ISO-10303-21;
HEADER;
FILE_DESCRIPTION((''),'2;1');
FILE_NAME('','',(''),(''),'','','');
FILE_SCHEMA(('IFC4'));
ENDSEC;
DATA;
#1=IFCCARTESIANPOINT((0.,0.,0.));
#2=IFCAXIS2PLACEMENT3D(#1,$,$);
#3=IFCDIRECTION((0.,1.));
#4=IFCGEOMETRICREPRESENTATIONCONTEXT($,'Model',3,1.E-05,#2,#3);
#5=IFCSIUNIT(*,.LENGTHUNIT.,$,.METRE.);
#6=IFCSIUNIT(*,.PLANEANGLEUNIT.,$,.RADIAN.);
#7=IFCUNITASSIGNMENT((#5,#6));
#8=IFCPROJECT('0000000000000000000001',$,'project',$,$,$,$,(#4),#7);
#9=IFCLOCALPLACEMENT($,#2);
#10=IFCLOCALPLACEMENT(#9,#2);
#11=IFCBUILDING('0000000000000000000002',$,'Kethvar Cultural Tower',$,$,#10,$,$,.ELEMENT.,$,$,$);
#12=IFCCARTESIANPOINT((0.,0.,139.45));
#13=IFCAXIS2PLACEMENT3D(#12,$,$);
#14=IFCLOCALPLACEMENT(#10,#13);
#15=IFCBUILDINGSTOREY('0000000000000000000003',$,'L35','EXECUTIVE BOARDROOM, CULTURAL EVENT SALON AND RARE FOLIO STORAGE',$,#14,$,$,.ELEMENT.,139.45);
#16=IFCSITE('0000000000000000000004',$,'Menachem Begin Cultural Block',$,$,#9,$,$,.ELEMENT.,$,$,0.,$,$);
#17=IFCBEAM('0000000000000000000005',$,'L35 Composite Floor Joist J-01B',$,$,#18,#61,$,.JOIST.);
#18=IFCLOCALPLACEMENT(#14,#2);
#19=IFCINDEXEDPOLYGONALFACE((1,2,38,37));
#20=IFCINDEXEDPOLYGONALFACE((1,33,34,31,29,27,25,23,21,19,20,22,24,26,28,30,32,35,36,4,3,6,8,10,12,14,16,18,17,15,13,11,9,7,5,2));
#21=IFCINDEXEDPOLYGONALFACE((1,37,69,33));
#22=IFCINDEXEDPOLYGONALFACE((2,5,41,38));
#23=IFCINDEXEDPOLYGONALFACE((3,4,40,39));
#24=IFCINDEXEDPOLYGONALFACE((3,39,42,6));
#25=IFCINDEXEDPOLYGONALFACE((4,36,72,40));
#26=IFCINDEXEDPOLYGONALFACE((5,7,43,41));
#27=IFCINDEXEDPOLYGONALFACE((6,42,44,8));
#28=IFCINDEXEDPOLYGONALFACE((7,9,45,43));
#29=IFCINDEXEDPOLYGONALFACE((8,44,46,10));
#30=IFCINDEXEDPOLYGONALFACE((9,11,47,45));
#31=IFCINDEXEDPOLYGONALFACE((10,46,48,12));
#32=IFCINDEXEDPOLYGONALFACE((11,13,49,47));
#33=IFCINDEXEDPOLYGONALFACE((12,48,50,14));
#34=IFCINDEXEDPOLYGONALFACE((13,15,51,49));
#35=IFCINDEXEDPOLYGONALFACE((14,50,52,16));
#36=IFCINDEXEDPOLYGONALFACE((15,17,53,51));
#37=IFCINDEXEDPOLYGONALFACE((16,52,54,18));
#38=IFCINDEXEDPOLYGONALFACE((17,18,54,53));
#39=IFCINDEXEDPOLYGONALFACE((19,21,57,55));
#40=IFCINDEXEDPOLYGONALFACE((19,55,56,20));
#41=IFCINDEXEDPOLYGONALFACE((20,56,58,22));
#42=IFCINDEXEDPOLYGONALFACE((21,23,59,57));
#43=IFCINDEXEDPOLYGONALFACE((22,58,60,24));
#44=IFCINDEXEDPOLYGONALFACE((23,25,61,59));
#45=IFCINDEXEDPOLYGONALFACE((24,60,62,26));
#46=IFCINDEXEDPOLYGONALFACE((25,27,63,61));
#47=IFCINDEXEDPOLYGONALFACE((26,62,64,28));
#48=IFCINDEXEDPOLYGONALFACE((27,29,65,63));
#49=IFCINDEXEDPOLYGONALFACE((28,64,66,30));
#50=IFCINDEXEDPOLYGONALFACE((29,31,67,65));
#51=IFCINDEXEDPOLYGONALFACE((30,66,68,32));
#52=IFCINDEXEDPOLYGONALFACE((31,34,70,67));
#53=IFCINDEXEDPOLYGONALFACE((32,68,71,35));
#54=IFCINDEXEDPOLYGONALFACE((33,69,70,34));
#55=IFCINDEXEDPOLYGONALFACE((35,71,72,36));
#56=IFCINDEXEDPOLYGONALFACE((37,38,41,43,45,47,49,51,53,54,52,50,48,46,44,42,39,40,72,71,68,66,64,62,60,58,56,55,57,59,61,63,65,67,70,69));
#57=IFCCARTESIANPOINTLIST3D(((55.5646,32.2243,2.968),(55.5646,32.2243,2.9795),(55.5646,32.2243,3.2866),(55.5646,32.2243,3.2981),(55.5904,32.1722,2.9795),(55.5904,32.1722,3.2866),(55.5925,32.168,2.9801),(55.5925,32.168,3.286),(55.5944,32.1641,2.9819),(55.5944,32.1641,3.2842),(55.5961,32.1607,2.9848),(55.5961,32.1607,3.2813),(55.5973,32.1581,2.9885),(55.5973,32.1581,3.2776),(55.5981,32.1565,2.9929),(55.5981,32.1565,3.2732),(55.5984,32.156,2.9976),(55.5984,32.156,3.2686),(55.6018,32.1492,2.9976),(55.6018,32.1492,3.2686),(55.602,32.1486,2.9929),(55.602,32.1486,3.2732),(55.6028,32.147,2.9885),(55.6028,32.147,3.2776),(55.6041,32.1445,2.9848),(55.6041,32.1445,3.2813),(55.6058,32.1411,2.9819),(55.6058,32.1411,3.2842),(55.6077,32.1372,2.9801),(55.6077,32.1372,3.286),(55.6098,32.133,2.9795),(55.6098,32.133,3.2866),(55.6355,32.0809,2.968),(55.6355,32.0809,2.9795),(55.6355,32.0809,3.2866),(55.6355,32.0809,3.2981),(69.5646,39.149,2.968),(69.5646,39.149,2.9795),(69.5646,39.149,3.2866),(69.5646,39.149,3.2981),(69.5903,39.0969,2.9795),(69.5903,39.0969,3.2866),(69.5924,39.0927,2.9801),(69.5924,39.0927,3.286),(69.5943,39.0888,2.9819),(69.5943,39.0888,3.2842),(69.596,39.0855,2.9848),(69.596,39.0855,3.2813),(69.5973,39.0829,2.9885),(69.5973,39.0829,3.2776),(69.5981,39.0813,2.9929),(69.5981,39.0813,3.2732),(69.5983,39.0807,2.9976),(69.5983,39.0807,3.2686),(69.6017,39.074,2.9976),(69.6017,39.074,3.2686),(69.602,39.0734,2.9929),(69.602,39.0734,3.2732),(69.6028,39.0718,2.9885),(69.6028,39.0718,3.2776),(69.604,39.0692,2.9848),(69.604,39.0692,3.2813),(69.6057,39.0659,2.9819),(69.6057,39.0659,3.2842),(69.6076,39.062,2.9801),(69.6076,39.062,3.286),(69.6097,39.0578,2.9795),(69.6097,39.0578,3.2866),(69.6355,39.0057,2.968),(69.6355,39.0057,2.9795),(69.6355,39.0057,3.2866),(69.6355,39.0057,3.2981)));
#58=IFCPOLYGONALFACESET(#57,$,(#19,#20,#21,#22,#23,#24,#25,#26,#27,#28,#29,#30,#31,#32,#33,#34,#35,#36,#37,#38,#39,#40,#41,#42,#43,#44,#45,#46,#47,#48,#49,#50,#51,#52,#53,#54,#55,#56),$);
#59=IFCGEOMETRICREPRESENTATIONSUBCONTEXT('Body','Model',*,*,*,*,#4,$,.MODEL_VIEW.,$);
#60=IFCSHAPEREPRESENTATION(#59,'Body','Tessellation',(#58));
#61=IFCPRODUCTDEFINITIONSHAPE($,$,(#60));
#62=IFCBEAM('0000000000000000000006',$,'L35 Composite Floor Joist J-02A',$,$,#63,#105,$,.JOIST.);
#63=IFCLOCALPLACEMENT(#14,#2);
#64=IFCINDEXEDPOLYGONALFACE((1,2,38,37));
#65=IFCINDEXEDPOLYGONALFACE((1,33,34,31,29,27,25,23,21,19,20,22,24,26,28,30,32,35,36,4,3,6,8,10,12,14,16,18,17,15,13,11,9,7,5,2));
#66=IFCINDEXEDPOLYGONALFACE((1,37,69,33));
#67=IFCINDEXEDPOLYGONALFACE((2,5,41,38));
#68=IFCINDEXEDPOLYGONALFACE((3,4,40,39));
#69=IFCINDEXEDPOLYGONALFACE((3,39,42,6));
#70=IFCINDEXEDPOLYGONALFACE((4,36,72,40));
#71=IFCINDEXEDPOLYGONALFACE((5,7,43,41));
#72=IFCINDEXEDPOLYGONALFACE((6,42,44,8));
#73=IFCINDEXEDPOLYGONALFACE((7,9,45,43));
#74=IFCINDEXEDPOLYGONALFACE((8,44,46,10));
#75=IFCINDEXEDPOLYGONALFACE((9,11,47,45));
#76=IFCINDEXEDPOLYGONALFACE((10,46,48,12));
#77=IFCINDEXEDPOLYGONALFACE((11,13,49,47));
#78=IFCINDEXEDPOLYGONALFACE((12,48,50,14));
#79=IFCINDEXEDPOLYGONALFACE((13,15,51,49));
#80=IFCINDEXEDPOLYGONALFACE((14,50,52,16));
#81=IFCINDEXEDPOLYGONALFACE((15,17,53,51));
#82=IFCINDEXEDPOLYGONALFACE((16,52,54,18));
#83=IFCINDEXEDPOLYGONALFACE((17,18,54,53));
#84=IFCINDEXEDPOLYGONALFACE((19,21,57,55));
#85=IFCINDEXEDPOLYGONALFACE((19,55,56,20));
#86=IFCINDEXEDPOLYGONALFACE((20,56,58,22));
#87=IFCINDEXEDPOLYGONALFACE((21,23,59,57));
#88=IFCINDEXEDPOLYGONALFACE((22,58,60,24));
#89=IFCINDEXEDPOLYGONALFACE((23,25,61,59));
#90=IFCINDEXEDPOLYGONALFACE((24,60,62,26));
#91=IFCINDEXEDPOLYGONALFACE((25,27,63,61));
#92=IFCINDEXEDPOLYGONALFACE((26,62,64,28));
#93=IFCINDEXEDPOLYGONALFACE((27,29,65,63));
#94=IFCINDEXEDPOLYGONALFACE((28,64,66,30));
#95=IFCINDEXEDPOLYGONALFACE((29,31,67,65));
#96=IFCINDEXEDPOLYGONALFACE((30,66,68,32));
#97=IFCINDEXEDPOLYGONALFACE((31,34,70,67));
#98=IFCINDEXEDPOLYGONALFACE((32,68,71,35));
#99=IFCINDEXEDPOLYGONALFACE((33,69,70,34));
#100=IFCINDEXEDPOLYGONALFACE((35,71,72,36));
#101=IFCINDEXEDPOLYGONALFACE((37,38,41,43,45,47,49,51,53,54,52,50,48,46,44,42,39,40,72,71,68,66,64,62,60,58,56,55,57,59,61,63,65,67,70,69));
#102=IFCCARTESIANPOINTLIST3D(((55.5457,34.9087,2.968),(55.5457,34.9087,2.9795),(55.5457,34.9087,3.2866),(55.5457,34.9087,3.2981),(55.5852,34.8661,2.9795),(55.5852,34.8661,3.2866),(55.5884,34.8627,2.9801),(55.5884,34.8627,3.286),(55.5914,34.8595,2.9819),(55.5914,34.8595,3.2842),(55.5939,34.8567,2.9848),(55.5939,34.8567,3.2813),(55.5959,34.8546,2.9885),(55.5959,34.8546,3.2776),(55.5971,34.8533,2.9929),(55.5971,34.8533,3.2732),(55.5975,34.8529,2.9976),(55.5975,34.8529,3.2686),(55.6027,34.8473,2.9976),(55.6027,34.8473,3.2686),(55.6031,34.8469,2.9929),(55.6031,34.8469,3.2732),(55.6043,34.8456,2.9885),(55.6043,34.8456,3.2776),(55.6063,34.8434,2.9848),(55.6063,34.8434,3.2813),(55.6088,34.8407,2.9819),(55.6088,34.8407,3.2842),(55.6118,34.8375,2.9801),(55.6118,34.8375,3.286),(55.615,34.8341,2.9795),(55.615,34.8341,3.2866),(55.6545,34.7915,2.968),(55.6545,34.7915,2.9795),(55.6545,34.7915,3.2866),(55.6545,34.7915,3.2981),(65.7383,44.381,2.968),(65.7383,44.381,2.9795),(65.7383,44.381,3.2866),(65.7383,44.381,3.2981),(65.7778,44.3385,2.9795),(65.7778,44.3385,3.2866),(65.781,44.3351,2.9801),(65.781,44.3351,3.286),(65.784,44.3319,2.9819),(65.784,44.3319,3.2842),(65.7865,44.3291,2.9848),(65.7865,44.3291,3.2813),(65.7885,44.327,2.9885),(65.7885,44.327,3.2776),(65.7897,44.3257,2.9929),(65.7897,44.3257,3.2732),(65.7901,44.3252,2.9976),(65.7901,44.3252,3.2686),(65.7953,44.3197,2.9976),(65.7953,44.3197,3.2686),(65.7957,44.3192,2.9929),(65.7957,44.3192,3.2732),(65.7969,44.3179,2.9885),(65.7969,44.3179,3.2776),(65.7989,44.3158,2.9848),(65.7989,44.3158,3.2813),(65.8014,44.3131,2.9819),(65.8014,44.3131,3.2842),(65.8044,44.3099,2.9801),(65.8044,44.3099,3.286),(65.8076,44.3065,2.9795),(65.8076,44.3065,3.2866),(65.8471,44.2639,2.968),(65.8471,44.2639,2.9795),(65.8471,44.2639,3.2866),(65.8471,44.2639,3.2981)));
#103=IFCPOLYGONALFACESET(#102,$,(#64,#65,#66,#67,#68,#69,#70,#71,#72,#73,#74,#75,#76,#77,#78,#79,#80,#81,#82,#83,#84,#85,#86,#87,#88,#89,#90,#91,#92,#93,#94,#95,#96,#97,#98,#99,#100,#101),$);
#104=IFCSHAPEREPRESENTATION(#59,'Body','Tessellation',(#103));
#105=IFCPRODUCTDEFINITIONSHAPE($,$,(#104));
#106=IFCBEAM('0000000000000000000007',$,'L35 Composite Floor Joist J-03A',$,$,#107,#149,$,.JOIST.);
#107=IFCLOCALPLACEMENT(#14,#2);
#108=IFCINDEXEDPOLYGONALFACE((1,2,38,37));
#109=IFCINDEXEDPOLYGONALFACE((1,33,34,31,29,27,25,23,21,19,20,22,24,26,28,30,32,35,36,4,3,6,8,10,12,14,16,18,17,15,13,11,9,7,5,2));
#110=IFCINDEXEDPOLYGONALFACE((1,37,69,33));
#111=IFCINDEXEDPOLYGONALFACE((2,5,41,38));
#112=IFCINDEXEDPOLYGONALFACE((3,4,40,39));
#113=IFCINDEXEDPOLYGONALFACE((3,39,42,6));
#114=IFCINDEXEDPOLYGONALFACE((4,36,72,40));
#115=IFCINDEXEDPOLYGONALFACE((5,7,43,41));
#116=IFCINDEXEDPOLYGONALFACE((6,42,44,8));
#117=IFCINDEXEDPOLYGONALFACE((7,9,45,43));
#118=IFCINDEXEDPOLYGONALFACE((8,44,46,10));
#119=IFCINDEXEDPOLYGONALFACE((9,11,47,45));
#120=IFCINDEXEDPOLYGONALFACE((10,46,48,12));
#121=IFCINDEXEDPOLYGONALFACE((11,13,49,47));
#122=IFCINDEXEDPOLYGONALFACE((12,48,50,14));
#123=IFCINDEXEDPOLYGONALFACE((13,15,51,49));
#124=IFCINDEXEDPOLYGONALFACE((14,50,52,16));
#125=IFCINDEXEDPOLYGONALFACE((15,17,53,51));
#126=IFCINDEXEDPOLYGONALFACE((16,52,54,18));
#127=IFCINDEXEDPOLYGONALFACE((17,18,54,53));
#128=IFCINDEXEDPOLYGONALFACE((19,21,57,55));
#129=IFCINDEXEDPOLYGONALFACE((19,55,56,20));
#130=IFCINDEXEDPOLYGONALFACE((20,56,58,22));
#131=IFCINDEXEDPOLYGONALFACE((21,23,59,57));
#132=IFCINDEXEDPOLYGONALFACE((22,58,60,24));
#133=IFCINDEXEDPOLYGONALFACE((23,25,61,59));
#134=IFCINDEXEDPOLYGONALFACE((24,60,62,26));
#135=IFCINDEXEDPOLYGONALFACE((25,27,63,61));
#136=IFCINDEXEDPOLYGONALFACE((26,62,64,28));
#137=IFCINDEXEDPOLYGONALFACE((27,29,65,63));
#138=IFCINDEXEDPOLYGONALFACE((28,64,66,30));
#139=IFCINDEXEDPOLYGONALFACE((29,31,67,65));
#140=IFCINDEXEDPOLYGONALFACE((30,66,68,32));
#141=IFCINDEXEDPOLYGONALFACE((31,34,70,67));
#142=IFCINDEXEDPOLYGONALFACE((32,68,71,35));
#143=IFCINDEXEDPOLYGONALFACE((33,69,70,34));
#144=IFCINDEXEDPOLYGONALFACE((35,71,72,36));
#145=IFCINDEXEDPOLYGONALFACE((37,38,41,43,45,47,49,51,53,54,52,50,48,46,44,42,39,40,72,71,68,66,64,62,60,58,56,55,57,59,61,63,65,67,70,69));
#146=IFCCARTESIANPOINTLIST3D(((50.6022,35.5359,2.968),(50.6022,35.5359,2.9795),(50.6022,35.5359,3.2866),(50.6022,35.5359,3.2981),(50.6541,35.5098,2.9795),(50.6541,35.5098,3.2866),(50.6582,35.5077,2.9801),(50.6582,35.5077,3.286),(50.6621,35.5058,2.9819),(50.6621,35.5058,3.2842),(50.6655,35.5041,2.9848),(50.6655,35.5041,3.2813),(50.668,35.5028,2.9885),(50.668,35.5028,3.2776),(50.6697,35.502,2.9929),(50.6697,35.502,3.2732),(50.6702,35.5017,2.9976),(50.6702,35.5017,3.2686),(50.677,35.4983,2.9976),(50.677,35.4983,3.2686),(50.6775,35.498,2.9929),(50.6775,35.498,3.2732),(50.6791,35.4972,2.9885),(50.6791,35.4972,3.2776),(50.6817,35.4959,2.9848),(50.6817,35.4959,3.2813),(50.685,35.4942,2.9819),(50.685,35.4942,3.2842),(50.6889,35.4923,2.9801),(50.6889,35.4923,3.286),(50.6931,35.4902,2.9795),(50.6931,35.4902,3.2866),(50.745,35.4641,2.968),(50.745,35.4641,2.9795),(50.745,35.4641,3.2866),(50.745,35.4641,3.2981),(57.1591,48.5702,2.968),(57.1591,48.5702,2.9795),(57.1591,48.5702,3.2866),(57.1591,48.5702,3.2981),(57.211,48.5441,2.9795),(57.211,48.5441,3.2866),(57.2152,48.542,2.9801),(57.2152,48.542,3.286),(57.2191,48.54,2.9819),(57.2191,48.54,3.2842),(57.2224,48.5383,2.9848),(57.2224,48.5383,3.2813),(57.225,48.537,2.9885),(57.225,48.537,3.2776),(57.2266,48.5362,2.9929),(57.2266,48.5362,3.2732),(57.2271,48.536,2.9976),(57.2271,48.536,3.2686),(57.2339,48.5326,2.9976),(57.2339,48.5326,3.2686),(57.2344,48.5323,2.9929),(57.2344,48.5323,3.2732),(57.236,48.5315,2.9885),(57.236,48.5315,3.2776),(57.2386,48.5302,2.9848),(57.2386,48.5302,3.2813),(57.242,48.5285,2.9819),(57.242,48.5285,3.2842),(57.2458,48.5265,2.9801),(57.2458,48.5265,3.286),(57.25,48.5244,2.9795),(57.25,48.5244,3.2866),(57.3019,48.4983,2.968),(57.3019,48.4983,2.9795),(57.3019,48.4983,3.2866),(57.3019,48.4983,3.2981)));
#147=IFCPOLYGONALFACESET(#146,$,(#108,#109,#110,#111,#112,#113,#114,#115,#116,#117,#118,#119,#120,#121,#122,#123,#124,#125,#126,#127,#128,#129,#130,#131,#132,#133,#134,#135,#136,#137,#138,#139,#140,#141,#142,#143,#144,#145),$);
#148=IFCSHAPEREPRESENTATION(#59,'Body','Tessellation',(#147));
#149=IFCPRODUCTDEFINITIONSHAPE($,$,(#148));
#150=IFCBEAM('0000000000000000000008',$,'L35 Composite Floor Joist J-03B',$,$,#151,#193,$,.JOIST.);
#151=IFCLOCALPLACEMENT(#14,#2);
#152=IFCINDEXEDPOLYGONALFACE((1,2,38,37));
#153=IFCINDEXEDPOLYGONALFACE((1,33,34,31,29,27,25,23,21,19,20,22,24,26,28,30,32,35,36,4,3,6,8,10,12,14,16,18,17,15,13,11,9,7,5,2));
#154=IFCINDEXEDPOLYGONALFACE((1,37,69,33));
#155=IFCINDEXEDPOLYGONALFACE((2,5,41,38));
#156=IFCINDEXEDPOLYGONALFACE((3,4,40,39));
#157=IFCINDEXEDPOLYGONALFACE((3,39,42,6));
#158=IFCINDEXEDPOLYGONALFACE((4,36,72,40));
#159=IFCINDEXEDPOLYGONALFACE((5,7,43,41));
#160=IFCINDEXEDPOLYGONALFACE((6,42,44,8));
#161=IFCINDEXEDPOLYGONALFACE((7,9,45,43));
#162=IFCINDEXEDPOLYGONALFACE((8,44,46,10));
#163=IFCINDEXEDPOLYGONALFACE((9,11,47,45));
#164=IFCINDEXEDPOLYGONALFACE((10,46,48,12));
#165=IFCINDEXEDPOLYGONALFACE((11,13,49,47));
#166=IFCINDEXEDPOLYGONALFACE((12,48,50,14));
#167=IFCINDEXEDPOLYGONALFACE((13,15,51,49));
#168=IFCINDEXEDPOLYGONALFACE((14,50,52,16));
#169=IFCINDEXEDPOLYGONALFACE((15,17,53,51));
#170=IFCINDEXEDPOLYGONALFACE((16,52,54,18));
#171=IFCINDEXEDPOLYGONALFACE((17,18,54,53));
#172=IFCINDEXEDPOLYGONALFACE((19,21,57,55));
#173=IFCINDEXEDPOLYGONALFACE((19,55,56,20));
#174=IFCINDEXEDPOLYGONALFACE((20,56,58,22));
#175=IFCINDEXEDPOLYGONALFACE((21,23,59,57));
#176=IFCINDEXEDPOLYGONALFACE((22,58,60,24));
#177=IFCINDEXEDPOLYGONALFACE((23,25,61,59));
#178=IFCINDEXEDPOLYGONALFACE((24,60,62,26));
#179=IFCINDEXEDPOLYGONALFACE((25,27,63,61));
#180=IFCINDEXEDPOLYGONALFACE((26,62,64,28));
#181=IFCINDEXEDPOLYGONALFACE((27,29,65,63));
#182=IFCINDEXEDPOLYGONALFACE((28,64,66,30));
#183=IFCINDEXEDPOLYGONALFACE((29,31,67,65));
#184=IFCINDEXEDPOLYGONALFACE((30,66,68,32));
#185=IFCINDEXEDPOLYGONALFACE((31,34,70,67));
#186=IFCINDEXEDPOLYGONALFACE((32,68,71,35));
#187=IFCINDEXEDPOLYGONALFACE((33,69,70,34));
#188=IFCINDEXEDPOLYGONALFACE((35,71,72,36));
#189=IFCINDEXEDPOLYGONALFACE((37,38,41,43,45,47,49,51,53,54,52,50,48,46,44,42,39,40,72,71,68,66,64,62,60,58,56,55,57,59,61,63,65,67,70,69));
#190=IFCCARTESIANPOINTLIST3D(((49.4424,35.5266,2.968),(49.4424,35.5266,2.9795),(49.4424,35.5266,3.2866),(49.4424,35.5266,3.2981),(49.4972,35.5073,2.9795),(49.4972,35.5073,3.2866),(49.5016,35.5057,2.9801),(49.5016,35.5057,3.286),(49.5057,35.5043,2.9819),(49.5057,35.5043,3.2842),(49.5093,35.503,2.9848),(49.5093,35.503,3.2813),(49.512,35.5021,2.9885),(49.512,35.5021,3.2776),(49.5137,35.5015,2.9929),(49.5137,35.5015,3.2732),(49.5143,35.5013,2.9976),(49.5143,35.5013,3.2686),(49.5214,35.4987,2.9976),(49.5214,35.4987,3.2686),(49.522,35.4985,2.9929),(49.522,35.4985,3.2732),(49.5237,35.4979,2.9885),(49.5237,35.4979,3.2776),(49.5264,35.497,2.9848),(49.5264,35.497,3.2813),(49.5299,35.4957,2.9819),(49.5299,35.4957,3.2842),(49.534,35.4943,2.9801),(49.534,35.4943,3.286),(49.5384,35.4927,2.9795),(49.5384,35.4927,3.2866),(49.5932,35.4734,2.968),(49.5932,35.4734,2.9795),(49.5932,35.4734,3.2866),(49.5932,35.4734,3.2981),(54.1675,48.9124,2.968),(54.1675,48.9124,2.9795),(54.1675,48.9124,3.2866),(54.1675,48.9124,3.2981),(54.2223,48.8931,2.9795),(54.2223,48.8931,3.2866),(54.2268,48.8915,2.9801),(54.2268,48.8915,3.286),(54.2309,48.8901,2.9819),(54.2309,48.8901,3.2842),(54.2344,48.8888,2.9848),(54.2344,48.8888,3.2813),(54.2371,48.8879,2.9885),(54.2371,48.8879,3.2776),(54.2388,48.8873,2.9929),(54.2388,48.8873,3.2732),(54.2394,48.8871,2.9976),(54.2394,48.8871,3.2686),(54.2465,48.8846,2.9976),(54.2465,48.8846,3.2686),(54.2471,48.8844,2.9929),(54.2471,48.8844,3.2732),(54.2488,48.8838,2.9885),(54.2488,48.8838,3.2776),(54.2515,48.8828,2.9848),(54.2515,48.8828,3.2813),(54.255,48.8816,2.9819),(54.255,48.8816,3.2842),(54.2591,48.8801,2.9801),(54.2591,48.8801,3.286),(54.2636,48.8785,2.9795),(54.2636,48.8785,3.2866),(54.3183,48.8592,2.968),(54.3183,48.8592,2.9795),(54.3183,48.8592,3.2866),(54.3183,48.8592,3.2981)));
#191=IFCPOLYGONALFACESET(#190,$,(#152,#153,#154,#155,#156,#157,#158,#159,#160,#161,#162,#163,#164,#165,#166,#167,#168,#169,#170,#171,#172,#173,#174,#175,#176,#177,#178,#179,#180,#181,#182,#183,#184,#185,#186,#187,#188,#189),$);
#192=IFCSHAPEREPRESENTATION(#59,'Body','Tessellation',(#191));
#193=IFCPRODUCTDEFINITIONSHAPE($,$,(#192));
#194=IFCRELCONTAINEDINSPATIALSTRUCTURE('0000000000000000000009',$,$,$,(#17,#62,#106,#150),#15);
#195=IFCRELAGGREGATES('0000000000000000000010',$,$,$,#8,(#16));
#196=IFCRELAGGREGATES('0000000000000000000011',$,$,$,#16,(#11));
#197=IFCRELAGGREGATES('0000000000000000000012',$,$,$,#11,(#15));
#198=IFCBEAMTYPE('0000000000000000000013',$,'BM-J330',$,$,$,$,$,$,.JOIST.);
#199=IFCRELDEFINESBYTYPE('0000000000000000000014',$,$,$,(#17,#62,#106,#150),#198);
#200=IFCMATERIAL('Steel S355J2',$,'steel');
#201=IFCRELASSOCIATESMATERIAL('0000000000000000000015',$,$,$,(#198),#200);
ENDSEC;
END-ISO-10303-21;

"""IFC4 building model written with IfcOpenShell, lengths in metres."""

from ifc_helpers import new_model, si_unit, direction, frame, origin, origin_2d, place, context, subcontext, project, spatial, i_section, extrude, source, transform, mapped, material, material_profile, profile_set, type_object, element, save


model = new_model("IFC4")

# Units and contexts
model_context = context("Model", 3, precision=1e-05, world=origin(), true_north=direction((0.0, 1.0)))
body_context = subcontext(model_context, "Body", "Model", "MODEL_VIEW")
ifc_project = project(units=[si_unit("LENGTHUNIT", "METRE"), si_unit("PLANEANGLEUNIT", "RADIAN")], contexts=[model_context])

# Site, building, storey
site_placement = place(None, origin())
site = spatial("IfcSite", under=ifc_project, at=site_placement, Name="Menachem Begin Cultural Block", CompositionType="ELEMENT", RefElevation=0.0)
building_placement = place(site_placement, origin())
building = spatial("IfcBuilding", under=site, at=building_placement, Name="Kethvar Cultural Tower", CompositionType="ELEMENT")
storey_placement = place(building_placement, frame((0.0, 0.0, 139.45)))
storey = spatial("IfcBuildingStorey", under=building, at=storey_placement, Name="L35", Description="EXECUTIVE BOARDROOM, CULTURAL EVENT SALON AND RARE FOLIO STORAGE", CompositionType="ELEMENT", Elevation=139.45)

# Beams
ifc_material_1 = material(Name="Steel S355J2", Category="steel")
ifc_material_profile_1 = material_profile(ifc_material_1, i_section(OverallWidth=0.1599, OverallDepth=0.3301, WebThickness=0.0076, FlangeThickness=0.0115, FilletRadius=0.0181, at=origin_2d()), Name="Steel S355J2 — IPE330")
ifc_profile_set_1 = profile_set([ifc_material_profile_1], Name="Steel S355J2 — IPE330")
beam_type_1 = type_object("IfcBeamType", Name="BM-J330", PredefinedType="JOIST", material=ifc_profile_set_1)
shared_shape_1 = source(origin(), body_context, "Body", "SweptSolid", [
    extrude(i_section(OverallWidth=0.1599, OverallDepth=0.3301, WebThickness=0.0076, FlangeThickness=0.0115, FilletRadius=0.0181, at=origin_2d()), origin(), (0.0, 0.0, 1.0), 15.6189),
])
beam_1_placement = place(storey_placement, frame((55.6001, 32.1526, 3.1331), z_axis=(0.896345, 0.443358, 0.0), x_axis=(-0.443358, 0.896345, 0.0)))
element("IfcBeam", 1, at=beam_1_placement, inside=storey, type_object=beam_type_1, Name="L35 Composite Floor Joist J-01B", PredefinedType="JOIST", context=body_context, shape_type="MappedRepresentation", body=[
    mapped(shared_shape_1, transform((0.0, 0.0, 0.0), scale=1.0)),
])
shared_shape_2 = source(origin(), body_context, "Body", "SweptSolid", [
    extrude(i_section(OverallWidth=0.1599, OverallDepth=0.3301, WebThickness=0.0076, FlangeThickness=0.0115, FilletRadius=0.0181, at=origin_2d()), origin(), (0.0, 0.0, 1.0), 13.9146),
])
beam_2_placement = place(storey_placement, frame((55.6001, 34.8501, 3.1331), z_axis=(0.732513, 0.680753, 0.0), x_axis=(-0.680753, 0.732513, 0.0)))
element("IfcBeam", 2, at=beam_2_placement, inside=storey, type_object=beam_type_1, Name="L35 Composite Floor Joist J-02A", PredefinedType="JOIST", context=body_context, shape_type="MappedRepresentation", body=[
    mapped(shared_shape_2, transform((0.0, 0.0, 0.0), scale=1.0)),
])
shared_shape_3 = source(origin(), body_context, "Body", "SweptSolid", [
    extrude(i_section(OverallWidth=0.1599, OverallDepth=0.3301, WebThickness=0.0076, FlangeThickness=0.0115, FilletRadius=0.0181, at=origin_2d()), origin(), (0.0, 0.0, 1.0), 14.5906),
])
beam_3_placement = place(storey_placement, frame((50.6736, 35.5, 3.1331), z_axis=(0.449394, 0.893334, 0.0), x_axis=(-0.893334, 0.449394, 0.0)))
element("IfcBeam", 3, at=beam_3_placement, inside=storey, type_object=beam_type_1, Name="L35 Composite Floor Joist J-03A", PredefinedType="JOIST", context=body_context, shape_type="MappedRepresentation", body=[
    mapped(shared_shape_3, transform((0.0, 0.0, 0.0), scale=1.0)),
])
shared_shape_4 = source(origin(), body_context, "Body", "SweptSolid", [
    extrude(i_section(OverallWidth=0.1599, OverallDepth=0.3301, WebThickness=0.0076, FlangeThickness=0.0115, FilletRadius=0.0181, at=origin_2d()), origin(), (0.0, 0.0, 1.0), 14.1953),
])
beam_4_placement = place(storey_placement, frame((49.5178, 35.5, 3.1331), z_axis=(0.332865, 0.942974, 0.0), x_axis=(-0.942974, 0.332865, 0.0)))
element("IfcBeam", 4, at=beam_4_placement, inside=storey, type_object=beam_type_1, Name="L35 Composite Floor Joist J-03B", PredefinedType="JOIST", context=body_context, shape_type="MappedRepresentation", body=[
    mapped(shared_shape_4, transform((0.0, 0.0, 0.0), scale=1.0)),
])

save(model, "model.ifc")
